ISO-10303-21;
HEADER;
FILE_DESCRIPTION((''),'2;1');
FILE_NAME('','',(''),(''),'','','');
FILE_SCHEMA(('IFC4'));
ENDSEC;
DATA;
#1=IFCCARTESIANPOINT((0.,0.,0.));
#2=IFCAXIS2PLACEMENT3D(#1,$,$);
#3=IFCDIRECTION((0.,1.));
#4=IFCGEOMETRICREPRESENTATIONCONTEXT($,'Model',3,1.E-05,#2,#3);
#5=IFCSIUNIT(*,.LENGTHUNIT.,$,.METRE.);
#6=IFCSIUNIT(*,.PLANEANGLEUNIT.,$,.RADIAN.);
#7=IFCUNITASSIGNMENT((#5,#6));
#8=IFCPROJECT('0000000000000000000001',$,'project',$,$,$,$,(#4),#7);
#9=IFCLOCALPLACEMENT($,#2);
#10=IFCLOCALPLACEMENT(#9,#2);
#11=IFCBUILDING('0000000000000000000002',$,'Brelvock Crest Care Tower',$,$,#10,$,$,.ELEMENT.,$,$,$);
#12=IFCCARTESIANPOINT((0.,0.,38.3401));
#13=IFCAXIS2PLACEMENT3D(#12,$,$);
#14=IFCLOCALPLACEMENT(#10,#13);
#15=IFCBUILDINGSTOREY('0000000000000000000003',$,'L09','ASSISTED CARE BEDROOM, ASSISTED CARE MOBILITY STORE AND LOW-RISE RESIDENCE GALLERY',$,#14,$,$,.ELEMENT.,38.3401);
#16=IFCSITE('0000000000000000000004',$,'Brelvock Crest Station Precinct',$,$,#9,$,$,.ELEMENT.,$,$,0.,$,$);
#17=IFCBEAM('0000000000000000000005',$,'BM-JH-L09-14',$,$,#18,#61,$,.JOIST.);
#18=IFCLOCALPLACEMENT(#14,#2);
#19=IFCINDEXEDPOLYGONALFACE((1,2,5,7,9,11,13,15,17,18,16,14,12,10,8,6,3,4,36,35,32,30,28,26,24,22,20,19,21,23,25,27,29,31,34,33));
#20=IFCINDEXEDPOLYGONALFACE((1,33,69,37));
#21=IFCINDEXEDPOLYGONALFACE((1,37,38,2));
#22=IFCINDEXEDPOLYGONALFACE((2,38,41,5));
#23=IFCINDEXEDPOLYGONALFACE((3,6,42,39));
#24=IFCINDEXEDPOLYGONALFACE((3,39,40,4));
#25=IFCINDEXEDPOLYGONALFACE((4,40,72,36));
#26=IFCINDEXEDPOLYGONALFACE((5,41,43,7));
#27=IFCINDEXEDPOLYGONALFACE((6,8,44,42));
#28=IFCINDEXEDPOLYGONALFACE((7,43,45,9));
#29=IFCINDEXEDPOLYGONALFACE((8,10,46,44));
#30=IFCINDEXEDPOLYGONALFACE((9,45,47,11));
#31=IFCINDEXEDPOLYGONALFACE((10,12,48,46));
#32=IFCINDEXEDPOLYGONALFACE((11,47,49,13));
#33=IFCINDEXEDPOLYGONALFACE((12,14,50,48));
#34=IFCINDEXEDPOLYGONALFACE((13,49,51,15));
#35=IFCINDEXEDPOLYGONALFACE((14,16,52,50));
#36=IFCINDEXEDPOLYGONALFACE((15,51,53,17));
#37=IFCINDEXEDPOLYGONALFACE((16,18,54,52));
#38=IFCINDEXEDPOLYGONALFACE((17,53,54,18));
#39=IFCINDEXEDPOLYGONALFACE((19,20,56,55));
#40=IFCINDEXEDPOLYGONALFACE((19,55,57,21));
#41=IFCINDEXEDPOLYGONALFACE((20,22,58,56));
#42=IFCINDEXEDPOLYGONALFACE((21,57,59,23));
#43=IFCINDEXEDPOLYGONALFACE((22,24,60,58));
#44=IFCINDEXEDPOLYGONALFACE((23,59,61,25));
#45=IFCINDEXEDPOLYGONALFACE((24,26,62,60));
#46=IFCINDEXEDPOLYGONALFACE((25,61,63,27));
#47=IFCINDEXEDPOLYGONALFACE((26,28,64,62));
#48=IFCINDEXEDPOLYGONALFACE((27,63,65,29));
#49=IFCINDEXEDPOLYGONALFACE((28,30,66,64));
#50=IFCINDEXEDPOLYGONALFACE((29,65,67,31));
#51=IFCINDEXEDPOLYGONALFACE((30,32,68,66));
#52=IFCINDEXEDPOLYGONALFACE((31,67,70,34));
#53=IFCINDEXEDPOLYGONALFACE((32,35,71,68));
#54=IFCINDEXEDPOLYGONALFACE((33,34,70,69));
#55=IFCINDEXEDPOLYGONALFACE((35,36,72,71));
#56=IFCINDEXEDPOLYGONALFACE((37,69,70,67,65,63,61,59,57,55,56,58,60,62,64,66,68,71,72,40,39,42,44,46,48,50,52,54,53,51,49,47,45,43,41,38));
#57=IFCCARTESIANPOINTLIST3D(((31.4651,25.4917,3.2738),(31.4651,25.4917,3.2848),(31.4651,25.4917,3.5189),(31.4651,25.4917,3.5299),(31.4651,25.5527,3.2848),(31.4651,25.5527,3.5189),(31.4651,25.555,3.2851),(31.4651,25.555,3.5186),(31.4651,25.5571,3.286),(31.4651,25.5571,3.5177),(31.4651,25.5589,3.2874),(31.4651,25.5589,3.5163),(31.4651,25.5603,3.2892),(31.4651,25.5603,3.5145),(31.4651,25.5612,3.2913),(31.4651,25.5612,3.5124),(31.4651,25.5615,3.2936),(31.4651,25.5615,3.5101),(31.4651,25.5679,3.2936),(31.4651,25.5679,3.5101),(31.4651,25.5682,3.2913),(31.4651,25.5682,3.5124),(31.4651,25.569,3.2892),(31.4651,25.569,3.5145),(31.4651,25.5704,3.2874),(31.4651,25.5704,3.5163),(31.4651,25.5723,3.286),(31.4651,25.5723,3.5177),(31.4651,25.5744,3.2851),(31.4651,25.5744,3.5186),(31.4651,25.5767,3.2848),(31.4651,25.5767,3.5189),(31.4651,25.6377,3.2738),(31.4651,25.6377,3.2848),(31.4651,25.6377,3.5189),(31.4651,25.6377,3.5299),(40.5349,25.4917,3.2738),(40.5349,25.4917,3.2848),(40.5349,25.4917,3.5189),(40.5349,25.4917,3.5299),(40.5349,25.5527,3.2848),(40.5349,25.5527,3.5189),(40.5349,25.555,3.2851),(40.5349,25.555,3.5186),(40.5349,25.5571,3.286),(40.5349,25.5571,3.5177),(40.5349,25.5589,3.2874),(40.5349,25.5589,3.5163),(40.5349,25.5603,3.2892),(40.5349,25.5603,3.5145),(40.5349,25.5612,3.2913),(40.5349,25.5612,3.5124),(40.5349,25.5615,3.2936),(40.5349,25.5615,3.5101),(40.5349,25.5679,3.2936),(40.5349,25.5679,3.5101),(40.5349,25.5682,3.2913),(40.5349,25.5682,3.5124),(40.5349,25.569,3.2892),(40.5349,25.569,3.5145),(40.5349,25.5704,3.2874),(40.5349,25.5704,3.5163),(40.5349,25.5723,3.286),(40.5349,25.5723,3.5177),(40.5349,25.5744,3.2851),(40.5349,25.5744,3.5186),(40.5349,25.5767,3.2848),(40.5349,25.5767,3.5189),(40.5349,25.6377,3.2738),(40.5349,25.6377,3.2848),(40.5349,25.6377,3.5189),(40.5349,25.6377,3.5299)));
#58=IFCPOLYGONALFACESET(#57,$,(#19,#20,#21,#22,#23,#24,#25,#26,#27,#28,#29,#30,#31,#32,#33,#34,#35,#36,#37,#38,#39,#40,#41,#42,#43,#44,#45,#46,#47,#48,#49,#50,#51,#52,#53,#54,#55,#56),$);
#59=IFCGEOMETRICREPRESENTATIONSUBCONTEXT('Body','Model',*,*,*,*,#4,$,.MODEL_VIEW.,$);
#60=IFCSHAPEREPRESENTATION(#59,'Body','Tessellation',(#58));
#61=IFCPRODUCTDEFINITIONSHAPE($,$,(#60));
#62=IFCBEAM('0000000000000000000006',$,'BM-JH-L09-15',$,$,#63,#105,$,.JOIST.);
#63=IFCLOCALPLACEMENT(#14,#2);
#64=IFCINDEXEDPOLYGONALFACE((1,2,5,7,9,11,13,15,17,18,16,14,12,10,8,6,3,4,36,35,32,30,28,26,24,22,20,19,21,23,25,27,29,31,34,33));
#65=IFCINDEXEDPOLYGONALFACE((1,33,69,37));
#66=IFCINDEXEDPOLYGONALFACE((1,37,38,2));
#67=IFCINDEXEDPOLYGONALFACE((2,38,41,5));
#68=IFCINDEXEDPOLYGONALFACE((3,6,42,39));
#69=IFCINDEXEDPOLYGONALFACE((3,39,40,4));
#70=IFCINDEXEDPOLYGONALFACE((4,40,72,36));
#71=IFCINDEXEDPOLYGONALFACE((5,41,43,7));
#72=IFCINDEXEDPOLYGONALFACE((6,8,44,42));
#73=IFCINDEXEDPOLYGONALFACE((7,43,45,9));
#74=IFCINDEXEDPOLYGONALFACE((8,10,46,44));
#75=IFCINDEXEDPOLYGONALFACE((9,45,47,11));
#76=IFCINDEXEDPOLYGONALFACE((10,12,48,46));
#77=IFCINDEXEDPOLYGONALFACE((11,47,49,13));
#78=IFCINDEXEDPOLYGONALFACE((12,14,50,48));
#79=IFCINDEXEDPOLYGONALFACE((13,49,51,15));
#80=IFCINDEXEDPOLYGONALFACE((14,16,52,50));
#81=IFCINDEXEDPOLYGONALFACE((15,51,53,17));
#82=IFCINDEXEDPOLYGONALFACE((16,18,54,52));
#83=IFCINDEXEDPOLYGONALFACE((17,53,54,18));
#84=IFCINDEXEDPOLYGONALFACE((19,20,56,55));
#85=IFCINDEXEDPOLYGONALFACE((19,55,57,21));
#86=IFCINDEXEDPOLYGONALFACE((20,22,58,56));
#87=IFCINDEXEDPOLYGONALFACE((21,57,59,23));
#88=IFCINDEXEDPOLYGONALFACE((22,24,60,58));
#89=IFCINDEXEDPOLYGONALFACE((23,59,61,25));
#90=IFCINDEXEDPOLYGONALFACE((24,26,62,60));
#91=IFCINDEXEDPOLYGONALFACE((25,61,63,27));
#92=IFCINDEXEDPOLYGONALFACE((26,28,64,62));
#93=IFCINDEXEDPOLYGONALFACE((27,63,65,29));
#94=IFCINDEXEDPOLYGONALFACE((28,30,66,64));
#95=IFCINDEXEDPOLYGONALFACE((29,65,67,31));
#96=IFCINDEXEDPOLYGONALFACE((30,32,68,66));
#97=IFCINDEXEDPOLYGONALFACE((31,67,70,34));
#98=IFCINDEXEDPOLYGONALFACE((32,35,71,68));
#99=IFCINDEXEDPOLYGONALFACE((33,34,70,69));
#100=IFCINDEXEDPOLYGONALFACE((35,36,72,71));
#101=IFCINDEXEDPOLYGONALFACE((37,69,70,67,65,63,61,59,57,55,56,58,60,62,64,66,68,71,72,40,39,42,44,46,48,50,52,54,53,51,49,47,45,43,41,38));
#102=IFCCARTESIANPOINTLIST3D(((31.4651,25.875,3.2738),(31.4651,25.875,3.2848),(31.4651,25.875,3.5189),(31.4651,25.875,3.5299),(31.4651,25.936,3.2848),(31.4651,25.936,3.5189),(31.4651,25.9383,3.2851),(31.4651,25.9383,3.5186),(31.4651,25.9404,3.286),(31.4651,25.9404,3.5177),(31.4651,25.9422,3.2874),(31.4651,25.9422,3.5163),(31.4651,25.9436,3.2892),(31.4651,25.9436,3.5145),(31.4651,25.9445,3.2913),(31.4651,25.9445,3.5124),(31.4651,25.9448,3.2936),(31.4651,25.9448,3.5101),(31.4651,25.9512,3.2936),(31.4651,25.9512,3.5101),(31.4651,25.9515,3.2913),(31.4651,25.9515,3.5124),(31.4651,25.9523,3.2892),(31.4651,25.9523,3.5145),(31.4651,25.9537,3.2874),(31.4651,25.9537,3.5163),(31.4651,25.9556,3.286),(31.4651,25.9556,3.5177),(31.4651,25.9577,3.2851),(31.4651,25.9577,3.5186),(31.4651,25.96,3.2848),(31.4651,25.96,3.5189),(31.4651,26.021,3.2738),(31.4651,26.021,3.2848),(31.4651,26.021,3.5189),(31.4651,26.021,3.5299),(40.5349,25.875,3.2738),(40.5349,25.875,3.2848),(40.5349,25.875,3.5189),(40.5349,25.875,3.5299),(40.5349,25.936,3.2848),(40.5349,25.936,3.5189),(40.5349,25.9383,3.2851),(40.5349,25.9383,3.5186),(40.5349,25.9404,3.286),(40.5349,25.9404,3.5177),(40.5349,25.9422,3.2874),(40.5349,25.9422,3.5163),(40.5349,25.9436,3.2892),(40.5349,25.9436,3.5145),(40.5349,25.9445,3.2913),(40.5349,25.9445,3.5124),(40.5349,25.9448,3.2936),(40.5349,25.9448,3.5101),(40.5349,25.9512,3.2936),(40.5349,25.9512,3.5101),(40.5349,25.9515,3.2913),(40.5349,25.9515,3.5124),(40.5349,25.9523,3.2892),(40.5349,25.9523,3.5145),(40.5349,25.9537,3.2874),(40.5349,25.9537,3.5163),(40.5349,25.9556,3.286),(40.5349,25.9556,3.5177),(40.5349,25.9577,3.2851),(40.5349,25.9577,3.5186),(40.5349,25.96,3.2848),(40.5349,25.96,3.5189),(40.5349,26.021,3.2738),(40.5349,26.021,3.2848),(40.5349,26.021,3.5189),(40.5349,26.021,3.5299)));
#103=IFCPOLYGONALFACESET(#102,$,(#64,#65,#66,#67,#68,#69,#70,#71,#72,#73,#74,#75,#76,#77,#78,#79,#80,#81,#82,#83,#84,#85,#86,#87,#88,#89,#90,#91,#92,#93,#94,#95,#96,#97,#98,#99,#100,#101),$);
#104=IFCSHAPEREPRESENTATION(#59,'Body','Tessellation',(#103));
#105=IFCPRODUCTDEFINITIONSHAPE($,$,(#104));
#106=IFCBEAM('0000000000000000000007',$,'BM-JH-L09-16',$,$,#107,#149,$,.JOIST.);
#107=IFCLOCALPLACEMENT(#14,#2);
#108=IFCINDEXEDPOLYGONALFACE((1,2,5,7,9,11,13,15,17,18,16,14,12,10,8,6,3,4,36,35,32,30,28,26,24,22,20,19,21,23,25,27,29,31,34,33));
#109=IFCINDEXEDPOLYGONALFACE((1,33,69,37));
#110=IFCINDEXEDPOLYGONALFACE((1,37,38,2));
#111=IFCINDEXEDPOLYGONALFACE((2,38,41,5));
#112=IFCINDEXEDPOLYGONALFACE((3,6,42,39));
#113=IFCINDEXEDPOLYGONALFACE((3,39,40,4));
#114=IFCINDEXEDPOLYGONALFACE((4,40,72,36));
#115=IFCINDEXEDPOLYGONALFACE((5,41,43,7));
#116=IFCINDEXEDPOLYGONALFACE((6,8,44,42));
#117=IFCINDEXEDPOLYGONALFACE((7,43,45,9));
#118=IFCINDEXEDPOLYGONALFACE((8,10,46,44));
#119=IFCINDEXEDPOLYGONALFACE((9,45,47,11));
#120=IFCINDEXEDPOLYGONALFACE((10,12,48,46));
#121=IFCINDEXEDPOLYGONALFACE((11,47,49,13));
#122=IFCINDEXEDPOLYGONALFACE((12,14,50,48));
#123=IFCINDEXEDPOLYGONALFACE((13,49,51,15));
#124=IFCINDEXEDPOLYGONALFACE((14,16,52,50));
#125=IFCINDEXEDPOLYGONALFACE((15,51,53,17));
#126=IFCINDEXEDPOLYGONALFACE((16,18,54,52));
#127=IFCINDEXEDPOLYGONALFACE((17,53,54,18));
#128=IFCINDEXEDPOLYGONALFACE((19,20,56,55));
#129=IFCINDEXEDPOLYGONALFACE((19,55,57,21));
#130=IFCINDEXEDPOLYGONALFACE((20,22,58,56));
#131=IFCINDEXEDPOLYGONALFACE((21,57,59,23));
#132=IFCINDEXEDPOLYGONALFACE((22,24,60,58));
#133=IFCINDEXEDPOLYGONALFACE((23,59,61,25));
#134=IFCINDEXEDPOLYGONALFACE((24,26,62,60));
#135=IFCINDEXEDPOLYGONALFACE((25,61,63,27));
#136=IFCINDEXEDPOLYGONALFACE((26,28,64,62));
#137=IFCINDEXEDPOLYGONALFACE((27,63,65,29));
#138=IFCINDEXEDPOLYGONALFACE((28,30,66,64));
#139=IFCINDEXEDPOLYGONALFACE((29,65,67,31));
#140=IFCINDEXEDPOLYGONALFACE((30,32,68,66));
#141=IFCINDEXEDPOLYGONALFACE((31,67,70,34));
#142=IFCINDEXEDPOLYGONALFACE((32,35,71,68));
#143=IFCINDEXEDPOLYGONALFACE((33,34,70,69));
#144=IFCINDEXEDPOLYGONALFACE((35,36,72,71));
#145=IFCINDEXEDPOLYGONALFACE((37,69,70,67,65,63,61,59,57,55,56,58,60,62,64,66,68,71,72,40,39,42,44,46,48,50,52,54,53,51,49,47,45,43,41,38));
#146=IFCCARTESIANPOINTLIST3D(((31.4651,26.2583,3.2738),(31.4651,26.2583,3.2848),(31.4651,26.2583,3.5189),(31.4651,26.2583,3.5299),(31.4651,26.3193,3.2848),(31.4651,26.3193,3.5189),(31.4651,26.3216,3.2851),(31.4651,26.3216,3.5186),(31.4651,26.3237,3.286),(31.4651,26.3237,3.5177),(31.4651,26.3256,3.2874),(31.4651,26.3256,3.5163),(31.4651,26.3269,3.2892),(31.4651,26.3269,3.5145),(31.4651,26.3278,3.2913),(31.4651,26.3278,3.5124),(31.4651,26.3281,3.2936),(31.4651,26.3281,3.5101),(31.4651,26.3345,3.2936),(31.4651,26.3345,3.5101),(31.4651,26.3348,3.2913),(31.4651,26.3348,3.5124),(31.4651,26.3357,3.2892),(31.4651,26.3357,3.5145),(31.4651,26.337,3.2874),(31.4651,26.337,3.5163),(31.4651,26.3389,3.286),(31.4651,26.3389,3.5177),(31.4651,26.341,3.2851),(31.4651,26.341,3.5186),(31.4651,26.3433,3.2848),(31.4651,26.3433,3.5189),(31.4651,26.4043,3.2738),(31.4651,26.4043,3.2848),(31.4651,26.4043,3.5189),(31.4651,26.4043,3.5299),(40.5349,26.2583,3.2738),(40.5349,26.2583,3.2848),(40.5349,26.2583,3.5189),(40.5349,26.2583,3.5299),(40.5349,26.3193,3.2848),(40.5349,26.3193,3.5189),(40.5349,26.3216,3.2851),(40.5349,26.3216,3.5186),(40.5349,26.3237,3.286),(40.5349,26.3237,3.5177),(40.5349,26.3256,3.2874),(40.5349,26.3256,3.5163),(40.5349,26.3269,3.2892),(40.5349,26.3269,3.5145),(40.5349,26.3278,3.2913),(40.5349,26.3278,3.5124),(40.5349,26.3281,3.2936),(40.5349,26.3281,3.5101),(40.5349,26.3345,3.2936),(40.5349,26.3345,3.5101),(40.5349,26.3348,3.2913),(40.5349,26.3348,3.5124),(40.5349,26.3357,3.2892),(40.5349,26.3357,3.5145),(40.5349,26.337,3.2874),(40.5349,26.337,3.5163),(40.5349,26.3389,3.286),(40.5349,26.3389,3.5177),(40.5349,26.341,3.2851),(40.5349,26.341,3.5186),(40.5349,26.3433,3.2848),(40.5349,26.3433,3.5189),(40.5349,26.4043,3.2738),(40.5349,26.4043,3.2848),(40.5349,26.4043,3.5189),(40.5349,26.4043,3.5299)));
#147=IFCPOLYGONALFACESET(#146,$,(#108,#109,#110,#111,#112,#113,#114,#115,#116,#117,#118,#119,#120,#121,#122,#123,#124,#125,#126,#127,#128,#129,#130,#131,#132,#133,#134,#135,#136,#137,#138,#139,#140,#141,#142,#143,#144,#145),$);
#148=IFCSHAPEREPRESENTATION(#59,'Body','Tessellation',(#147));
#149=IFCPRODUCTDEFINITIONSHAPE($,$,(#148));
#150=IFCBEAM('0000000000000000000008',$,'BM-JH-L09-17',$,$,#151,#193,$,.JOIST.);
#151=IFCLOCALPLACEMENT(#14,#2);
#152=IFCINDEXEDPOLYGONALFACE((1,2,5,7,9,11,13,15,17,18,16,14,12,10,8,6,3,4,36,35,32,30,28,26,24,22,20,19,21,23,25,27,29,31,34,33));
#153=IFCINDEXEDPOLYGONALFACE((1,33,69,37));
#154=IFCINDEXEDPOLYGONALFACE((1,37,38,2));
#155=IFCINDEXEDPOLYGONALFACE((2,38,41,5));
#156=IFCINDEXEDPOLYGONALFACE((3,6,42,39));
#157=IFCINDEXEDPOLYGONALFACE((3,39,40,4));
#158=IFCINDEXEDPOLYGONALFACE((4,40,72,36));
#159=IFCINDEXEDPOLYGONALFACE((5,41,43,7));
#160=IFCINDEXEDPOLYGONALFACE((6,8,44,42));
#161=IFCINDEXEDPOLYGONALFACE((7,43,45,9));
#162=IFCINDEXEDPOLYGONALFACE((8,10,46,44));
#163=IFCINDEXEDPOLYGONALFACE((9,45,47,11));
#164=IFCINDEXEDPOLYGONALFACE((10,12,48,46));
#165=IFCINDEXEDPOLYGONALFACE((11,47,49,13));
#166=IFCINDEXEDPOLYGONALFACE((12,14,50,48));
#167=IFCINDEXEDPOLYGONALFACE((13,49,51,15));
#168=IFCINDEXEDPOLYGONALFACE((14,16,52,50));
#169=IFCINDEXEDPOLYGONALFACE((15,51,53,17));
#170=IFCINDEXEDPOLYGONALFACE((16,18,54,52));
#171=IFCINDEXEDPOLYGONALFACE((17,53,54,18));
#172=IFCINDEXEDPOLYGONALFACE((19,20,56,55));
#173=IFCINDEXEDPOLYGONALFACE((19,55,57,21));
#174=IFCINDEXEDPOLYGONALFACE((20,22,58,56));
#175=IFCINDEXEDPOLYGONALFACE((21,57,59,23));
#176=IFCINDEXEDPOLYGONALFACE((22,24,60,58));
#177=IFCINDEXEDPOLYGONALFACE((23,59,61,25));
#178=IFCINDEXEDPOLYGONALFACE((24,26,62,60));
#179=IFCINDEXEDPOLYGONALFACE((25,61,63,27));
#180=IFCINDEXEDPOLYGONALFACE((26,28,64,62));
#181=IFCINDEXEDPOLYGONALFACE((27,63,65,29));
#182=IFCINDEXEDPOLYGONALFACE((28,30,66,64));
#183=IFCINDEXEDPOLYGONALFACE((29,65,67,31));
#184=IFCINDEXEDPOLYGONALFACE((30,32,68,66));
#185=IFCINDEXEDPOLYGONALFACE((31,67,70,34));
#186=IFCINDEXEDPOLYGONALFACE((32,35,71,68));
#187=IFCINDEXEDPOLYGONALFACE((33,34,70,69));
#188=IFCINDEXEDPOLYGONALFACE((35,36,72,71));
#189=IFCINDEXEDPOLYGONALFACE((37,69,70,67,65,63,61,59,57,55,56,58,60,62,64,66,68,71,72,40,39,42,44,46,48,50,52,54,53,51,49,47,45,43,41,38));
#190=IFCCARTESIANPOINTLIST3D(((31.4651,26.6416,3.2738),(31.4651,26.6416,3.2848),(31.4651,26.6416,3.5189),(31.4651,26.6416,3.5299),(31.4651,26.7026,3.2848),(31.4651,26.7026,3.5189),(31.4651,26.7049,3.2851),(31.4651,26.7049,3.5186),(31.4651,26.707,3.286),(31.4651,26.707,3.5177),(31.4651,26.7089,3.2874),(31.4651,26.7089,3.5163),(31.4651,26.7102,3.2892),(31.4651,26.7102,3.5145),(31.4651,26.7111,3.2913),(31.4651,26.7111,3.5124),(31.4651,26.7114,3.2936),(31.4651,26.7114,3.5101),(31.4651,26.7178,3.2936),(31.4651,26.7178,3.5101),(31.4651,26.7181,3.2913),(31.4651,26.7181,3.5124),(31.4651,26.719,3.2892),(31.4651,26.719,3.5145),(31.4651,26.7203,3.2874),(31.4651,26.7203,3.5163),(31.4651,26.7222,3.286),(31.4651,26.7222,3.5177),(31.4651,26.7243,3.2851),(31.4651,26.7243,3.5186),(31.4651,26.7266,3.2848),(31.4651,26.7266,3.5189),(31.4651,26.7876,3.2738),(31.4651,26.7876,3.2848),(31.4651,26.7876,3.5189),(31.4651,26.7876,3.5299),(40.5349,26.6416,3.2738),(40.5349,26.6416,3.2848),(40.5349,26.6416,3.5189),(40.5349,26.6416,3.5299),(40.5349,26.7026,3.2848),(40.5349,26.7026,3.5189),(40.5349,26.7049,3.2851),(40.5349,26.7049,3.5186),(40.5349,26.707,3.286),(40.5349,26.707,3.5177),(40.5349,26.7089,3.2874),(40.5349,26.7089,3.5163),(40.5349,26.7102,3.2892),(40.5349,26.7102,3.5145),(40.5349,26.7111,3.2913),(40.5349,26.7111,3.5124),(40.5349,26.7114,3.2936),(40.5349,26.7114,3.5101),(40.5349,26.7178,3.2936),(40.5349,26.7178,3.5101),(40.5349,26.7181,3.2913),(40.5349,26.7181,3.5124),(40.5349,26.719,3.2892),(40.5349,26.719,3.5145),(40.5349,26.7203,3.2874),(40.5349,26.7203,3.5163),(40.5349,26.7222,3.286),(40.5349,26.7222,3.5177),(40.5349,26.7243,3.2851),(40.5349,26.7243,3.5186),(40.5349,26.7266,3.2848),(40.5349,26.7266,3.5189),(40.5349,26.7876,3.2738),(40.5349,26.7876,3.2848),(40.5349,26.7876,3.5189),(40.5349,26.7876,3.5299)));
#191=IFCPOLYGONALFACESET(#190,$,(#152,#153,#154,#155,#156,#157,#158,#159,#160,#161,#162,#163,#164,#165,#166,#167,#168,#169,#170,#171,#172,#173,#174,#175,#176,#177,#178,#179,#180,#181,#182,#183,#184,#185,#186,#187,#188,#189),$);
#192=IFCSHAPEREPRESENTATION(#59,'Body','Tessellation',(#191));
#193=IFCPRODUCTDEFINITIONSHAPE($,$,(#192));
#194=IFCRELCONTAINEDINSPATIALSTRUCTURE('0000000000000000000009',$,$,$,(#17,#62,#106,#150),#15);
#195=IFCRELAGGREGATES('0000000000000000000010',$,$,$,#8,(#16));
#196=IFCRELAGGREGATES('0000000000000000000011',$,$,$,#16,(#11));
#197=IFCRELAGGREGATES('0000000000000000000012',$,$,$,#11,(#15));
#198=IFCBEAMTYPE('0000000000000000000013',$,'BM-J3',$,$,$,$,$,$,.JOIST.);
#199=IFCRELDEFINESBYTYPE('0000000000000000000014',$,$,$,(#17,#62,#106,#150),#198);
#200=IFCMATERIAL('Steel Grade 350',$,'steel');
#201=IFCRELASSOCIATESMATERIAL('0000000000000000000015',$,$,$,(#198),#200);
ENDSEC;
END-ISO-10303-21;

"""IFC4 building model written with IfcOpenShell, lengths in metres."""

from ifc_helpers import new_model, si_unit, direction, frame, origin, origin_2d, place, context, subcontext, project, spatial, i_section, extrude, source, transform, mapped, material, material_profile, profile_set, type_object, element, save


model = new_model("IFC4")

# Units and contexts
model_context = context("Model", 3, precision=1e-05, world=origin(), true_north=direction((0.0, 1.0)))
body_context = subcontext(model_context, "Body", "Model", "MODEL_VIEW")
ifc_project = project(units=[si_unit("LENGTHUNIT", "METRE"), si_unit("PLANEANGLEUNIT", "RADIAN")], contexts=[model_context])

# Site, building, storey
site_placement = place(None, origin())
site = spatial("IfcSite", under=ifc_project, at=site_placement, Name="Brelvock Crest Station Precinct", CompositionType="ELEMENT", RefElevation=0.0)
building_placement = place(site_placement, origin())
building = spatial("IfcBuilding", under=site, at=building_placement, Name="Brelvock Crest Care Tower", CompositionType="ELEMENT")
storey_placement = place(building_placement, frame((0.0, 0.0, 38.3401)))
storey = spatial("IfcBuildingStorey", under=building, at=storey_placement, Name="L09", Description="ASSISTED CARE BEDROOM, ASSISTED CARE MOBILITY STORE AND LOW-RISE RESIDENCE GALLERY", CompositionType="ELEMENT", Elevation=38.3401)

# Beams
ifc_material_1 = material(Name="Steel Grade 350", Category="steel")
ifc_material_profile = material_profile(ifc_material_1, i_section(OverallWidth=0.146, OverallDepth=0.2561, WebThickness=0.0063, FlangeThickness=0.011, FilletRadius=0.0088, at=origin_2d()), Name="250UB37.3")
ifc_profile_set = profile_set([ifc_material_profile], Name="Steel Grade 350")
beam_type = type_object("IfcBeamType", Name="BM-J3", PredefinedType="JOIST", material=ifc_profile_set)
shared_shape_1 = source(origin(), body_context, "Body", "SweptSolid", [
    extrude(i_section(OverallWidth=0.146, OverallDepth=0.2561, WebThickness=0.0063, FlangeThickness=0.011, FilletRadius=0.0088, at=origin_2d()), origin(), (0.0, 0.0, 1.0), 9.0698),
])
for number, where, z_axis, x_axis, name in (
    (1, (31.4651, 25.5647, 3.4019), (1.0, 0.0, 0.0), (0.0, 1.0, 0.0), "BM-JH-L09-14"),
    (2, (31.4651, 25.948, 3.4019), (1.0, 0.0, 0.0), (0.0, 1.0, 0.0), "BM-JH-L09-15"),
    (3, (31.4651, 26.3313, 3.4019), (1.0, 0.0, 0.0), (0.0, 1.0, 0.0), "BM-JH-L09-16"),
    (4, (31.4651, 26.7146, 3.4019), (1.0, 0.0, 0.0), (0.0, 1.0, 0.0), "BM-JH-L09-17"),
):
    element("IfcBeam", number, at=place(storey_placement, frame(where, z_axis=z_axis, x_axis=x_axis)), inside=storey, type_object=beam_type, Name=name, PredefinedType="JOIST", context=body_context, shape_type="MappedRepresentation", body=[
        mapped(shared_shape_1, transform((0.0, 0.0, 0.0), x_axis=(1.0, 0.0, 0.0), y_axis=(0.0, 1.0, 0.0), z_axis=(0.0, 0.0, 1.0), scale=1.0)),
    ])

save(model, "model.ifc")
